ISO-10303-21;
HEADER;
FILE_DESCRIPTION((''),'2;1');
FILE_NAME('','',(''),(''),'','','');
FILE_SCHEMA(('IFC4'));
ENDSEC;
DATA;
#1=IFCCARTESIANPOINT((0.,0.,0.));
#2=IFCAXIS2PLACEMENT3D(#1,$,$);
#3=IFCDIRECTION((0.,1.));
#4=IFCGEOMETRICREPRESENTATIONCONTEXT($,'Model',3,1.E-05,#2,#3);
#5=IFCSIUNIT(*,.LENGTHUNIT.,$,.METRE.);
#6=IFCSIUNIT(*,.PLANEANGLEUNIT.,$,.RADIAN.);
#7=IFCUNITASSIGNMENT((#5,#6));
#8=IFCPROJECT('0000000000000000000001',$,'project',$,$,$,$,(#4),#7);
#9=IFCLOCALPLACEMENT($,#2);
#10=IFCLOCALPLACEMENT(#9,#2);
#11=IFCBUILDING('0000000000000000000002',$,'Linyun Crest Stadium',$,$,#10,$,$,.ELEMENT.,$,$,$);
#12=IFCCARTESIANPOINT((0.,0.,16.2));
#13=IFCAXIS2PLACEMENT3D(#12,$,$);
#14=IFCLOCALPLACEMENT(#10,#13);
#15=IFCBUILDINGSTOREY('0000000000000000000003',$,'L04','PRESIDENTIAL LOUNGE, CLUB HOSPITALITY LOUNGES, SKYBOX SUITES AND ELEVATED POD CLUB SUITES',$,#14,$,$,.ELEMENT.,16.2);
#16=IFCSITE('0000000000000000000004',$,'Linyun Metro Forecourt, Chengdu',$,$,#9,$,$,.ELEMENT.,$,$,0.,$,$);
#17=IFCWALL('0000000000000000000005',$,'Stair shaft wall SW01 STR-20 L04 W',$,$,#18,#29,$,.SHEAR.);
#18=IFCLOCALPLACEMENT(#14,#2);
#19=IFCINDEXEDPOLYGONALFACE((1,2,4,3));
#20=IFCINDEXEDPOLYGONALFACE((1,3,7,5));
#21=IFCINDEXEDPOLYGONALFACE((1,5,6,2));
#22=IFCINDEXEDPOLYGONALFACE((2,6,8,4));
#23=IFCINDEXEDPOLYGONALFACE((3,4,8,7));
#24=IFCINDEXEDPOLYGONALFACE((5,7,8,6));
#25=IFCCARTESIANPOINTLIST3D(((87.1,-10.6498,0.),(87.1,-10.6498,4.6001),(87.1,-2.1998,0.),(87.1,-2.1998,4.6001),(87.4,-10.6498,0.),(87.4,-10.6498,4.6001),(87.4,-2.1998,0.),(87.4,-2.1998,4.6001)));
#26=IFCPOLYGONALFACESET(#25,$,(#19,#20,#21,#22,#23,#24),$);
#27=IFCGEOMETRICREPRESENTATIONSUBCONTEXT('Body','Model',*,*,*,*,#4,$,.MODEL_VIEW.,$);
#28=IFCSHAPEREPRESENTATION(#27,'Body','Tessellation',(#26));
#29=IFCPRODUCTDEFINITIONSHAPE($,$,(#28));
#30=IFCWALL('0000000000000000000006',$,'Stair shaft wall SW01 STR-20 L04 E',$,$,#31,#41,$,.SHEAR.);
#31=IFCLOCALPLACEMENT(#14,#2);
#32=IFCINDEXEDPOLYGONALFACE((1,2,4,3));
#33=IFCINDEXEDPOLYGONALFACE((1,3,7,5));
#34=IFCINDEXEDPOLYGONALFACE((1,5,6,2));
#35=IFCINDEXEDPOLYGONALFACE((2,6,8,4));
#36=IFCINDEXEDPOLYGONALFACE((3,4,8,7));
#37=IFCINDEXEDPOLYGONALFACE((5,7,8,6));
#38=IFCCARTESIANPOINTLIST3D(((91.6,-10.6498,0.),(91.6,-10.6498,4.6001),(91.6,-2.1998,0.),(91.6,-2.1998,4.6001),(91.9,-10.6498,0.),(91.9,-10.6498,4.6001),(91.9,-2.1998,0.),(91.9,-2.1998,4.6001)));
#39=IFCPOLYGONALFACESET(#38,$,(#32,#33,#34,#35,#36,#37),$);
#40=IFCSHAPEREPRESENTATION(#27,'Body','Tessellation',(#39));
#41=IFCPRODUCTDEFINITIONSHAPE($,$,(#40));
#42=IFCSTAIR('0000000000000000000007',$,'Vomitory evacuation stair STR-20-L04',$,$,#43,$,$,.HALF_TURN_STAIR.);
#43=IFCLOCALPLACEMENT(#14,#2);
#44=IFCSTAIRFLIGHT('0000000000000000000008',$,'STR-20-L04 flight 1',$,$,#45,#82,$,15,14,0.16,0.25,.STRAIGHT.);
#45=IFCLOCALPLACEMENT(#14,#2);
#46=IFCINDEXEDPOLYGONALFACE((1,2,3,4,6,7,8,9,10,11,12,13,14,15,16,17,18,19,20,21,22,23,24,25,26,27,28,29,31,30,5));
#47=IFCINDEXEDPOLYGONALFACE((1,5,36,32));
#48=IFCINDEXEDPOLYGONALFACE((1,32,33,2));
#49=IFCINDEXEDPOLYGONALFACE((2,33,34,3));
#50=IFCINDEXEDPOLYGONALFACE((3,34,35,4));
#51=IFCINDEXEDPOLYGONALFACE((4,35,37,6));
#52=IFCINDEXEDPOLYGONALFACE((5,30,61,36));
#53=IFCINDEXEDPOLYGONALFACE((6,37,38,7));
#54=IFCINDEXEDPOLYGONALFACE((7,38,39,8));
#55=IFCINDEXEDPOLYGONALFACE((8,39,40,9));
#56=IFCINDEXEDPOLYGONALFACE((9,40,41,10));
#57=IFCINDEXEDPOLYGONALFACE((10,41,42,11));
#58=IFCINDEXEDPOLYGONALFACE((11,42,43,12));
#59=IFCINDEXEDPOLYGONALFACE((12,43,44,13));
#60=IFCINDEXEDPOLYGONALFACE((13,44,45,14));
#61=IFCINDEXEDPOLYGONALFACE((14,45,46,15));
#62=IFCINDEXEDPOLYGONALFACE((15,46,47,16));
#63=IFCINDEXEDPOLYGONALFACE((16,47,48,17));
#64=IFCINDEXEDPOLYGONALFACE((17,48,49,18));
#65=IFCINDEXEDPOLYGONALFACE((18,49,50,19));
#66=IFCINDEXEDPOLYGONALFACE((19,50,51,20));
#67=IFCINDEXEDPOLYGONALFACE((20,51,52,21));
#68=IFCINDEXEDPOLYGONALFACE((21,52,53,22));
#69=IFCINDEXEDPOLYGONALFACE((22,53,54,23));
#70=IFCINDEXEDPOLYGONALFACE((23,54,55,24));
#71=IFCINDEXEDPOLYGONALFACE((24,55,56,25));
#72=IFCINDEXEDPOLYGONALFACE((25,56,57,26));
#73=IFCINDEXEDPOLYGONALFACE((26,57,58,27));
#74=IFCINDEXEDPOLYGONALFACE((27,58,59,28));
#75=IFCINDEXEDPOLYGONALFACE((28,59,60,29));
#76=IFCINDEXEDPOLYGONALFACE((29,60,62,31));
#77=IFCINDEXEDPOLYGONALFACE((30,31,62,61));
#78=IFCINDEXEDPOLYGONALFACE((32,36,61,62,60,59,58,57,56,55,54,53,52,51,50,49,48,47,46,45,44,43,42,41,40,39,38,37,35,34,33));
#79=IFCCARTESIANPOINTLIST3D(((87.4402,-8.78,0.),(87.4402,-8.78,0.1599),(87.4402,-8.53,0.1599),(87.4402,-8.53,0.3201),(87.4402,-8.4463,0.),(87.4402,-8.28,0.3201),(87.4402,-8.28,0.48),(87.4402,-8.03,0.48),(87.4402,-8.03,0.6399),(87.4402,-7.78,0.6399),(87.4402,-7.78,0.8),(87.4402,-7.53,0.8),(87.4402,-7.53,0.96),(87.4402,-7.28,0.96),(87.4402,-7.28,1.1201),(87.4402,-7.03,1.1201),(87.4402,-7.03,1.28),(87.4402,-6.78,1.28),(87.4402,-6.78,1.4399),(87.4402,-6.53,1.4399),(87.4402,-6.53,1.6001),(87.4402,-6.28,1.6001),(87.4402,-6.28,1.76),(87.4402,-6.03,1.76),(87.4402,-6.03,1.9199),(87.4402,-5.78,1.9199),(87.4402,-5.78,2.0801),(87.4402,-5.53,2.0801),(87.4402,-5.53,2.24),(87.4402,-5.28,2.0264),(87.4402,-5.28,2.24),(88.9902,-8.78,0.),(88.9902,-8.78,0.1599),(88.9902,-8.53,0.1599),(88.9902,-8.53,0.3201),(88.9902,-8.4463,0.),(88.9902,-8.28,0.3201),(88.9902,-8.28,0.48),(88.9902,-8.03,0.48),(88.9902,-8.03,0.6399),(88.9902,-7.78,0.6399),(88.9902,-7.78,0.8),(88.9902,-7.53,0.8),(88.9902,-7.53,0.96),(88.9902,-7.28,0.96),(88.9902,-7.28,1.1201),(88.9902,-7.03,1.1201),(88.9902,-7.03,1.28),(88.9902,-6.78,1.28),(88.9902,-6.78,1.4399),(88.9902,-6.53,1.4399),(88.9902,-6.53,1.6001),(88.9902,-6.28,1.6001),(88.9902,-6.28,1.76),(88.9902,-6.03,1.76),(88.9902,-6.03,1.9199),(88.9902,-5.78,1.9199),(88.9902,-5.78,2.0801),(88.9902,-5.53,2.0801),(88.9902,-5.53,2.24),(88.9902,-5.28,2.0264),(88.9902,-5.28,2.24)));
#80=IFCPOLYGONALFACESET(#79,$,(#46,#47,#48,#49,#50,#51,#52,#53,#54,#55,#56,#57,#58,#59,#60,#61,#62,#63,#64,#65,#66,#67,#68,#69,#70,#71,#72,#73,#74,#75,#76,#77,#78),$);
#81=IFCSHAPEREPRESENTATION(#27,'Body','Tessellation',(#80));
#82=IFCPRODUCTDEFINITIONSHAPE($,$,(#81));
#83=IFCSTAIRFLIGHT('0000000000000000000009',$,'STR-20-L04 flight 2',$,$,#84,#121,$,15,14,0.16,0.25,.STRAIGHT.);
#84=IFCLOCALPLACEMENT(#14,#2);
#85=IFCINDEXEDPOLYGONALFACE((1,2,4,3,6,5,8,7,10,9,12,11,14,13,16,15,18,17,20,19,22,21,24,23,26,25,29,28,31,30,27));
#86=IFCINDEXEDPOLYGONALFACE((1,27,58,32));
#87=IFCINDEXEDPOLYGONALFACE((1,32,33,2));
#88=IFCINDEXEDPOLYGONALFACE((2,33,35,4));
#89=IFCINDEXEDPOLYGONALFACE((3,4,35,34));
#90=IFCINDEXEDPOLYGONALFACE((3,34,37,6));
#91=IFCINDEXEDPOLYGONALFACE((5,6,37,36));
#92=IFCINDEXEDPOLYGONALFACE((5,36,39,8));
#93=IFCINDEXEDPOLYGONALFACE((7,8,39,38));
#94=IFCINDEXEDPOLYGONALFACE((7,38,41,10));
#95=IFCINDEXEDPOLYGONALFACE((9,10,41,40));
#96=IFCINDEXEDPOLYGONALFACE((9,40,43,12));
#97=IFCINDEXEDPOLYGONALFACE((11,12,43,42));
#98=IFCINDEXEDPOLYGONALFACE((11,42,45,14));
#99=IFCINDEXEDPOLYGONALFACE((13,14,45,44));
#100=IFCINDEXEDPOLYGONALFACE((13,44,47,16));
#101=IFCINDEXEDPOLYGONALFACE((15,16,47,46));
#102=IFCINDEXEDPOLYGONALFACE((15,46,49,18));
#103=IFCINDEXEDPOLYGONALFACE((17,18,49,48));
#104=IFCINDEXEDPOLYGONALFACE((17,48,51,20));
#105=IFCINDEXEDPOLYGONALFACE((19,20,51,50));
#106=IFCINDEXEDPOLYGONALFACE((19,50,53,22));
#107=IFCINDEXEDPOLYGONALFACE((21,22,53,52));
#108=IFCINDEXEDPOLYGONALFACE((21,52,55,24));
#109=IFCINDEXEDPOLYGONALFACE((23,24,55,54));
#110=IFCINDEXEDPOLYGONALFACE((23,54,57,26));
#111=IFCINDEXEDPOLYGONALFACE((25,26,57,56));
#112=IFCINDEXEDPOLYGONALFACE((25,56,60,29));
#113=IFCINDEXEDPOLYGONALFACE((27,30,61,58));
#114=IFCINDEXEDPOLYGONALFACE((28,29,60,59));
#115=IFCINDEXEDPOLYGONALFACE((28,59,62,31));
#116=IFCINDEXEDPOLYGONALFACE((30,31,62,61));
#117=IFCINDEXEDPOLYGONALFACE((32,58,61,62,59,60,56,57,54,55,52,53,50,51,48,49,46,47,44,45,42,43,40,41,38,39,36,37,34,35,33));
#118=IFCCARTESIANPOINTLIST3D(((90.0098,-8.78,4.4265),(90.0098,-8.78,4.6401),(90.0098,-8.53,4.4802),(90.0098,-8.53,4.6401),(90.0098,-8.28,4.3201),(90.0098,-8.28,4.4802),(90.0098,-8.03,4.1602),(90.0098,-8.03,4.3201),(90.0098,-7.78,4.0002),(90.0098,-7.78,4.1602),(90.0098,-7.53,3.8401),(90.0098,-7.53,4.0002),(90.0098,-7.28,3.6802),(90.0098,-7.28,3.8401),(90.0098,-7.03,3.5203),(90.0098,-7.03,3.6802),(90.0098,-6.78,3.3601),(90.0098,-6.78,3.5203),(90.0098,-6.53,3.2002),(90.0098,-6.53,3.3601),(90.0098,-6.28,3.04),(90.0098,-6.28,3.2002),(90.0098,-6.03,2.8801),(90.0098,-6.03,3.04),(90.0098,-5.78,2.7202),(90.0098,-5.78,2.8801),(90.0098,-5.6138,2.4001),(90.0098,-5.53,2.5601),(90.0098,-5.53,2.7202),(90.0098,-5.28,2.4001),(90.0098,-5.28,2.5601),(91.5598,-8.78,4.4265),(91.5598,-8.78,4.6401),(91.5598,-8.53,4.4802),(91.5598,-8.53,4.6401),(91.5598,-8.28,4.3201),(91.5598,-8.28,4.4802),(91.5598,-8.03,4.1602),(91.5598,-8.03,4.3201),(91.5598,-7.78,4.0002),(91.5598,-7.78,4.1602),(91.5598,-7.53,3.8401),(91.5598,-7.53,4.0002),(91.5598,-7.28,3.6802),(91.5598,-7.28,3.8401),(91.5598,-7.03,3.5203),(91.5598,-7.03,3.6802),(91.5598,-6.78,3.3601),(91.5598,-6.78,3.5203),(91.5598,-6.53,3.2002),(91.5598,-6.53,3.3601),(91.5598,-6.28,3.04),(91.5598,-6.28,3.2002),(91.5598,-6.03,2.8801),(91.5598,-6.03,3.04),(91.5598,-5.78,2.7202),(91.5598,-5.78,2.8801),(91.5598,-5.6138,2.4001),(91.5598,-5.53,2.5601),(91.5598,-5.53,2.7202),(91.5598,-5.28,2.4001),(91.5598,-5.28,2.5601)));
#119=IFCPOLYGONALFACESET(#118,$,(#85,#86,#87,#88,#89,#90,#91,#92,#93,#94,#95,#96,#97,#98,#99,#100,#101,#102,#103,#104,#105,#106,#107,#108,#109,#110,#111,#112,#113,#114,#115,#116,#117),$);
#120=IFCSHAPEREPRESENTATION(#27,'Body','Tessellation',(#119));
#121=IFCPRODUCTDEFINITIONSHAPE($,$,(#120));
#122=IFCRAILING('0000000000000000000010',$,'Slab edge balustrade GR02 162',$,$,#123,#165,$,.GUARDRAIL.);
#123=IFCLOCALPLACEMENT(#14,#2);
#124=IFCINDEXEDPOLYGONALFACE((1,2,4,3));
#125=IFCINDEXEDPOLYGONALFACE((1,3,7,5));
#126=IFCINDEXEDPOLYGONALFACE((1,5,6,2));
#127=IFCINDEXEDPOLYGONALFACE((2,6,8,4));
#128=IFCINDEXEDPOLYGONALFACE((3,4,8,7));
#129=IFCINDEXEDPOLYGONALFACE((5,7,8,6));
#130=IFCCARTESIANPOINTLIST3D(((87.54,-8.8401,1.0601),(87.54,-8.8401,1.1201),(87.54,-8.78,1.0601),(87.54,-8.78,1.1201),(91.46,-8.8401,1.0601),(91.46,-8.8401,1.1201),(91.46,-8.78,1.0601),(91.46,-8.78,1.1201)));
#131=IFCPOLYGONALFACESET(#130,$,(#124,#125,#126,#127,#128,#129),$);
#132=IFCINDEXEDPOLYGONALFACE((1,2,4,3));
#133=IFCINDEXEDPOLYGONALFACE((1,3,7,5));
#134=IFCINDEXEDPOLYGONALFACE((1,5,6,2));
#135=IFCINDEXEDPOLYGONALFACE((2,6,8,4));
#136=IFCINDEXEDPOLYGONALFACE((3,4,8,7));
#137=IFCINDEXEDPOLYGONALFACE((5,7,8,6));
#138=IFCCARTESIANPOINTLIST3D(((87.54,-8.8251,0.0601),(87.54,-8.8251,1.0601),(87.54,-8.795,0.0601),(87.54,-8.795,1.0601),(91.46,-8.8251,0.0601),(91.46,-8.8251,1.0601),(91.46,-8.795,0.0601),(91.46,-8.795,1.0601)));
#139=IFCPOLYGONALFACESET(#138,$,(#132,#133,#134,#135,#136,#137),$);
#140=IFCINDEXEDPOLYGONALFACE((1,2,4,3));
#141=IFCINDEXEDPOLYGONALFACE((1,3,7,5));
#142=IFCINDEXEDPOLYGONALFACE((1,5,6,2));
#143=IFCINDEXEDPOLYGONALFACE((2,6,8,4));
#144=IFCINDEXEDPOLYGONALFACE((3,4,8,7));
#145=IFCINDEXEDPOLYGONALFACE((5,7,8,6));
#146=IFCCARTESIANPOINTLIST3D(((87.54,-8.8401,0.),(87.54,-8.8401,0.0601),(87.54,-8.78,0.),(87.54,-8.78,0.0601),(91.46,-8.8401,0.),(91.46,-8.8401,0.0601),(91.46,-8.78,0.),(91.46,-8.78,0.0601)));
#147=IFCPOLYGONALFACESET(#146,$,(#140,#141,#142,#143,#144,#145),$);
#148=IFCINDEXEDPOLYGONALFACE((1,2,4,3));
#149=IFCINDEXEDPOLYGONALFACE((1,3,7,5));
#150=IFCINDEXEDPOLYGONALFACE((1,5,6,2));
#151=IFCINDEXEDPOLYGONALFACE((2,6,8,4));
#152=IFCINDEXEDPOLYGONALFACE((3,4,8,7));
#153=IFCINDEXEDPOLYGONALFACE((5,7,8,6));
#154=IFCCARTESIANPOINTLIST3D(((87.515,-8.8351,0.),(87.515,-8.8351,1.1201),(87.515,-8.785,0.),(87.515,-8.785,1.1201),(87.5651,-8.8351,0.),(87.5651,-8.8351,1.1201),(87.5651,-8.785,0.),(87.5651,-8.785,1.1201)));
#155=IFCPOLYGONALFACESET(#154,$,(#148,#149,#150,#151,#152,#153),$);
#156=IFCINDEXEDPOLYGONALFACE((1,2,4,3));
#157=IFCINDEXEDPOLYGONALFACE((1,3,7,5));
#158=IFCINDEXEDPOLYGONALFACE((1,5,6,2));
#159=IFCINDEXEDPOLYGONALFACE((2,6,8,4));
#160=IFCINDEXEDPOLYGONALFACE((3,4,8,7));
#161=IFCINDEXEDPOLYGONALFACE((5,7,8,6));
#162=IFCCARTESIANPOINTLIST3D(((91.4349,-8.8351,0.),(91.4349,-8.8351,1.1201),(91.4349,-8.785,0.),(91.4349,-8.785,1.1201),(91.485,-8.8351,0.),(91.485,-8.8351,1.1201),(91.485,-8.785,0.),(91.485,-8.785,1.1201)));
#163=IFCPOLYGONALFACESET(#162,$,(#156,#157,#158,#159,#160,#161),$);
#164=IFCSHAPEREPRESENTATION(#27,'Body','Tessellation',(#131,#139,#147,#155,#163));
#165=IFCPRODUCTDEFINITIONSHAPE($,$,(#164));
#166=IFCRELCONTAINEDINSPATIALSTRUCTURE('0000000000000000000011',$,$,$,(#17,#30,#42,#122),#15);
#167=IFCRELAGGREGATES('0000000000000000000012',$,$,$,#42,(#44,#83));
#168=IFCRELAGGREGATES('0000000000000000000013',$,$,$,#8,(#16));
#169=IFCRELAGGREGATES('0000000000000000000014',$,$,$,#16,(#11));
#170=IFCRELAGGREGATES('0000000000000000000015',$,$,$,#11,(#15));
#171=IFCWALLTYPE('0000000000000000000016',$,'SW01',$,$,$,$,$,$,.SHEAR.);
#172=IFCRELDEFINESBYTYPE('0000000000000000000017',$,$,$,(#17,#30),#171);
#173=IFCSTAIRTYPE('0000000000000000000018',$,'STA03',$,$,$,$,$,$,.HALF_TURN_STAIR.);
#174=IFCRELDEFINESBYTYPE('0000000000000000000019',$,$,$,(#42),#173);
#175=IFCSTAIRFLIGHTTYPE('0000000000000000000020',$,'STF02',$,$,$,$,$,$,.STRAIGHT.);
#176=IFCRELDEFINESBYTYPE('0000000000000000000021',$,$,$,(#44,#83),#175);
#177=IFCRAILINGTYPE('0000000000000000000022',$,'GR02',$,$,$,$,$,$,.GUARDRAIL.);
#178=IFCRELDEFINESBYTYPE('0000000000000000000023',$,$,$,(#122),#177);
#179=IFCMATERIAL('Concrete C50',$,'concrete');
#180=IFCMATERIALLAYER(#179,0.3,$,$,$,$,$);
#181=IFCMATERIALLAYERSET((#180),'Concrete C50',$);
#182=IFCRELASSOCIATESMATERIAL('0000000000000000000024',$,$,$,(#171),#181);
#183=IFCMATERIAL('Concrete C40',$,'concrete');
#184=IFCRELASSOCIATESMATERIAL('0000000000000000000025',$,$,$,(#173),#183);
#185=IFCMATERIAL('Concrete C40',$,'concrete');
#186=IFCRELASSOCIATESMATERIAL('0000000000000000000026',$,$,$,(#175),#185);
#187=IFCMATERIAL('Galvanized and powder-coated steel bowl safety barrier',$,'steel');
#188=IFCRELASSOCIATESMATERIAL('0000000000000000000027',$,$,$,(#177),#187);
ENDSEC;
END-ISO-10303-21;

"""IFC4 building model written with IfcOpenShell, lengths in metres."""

from ifc_helpers import new_model, si_unit, direction, frame, frame_2d, origin, origin_2d, place, context, subcontext, project, spatial, polyline, rectangle, outline, extrude, material, layer, layer_set, type_object, element, aggregate, save


model = new_model("IFC4")

# Units and contexts
model_context = context("Model", 3, precision=1e-05, world=origin(), true_north=direction((0.0, 1.0)))
body_context = subcontext(model_context, "Body", "Model", "MODEL_VIEW")
ifc_project = project(units=[si_unit("LENGTHUNIT", "METRE"), si_unit("PLANEANGLEUNIT", "RADIAN")], contexts=[model_context])

# Site, building, storey
site_placement = place(None, origin())
site = spatial("IfcSite", under=ifc_project, at=site_placement, Name="Linyun Metro Forecourt, Chengdu", CompositionType="ELEMENT", RefElevation=0.0)
building_placement = place(site_placement, origin())
building = spatial("IfcBuilding", under=site, at=building_placement, Name="Linyun Crest Stadium", CompositionType="ELEMENT")
storey_placement = place(building_placement, frame((0.0, 0.0, 16.2)))
storey = spatial("IfcBuildingStorey", under=building, at=storey_placement, Name="L04", Description="PRESIDENTIAL LOUNGE, CLUB HOSPITALITY LOUNGES, SKYBOX SUITES AND ELEVATED POD CLUB SUITES", CompositionType="ELEMENT", Elevation=16.2)

# Shared definitions
ifc_material_1 = material(Name="Concrete C50", Category="concrete")
ifc_layer_1 = layer(ifc_material_1, 0.3)
ifc_layer_set_1 = layer_set([ifc_layer_1], Name="Concrete C50")
wall_type = type_object("IfcWallType", Name="SW01", PredefinedType="SHEAR", material=ifc_layer_set_1)

# Walls
for number, where, z_axis, x_axis, name in (
    (1, (87.25, -10.6499, 0.0), (0.0, 0.0, 1.0), (0.0, 1.0, 0.0), "Stair shaft wall SW01 STR-20 L04 W"),
    (2, (91.75, -10.6499, 0.0), (0.0, 0.0, 1.0), (0.0, 1.0, 0.0), "Stair shaft wall SW01 STR-20 L04 E"),
):
    element("IfcWall", number, at=place(storey_placement, frame(where, z_axis=z_axis, x_axis=x_axis)), inside=storey, type_object=wall_type, Name=name, PredefinedType="SHEAR", context=body_context, shape_type="SweptSolid", body=[
        extrude(rectangle(XDim=8.45, YDim=0.3, at=frame_2d((4.2251, 0.0))), origin(), (0.0, 0.0, 1.0), 4.6001),
    ])

# Stair, stair flights
ifc_material_2 = material(Name="Concrete C40", Category="concrete")
stair_type = type_object("IfcStairType", Name="STA03", PredefinedType="HALF_TURN_STAIR", material=ifc_material_2)
stair_placement = place(storey_placement, origin())
stair = element("IfcStair", 3, at=stair_placement, inside=storey, type_object=stair_type, Name="Vomitory evacuation stair STR-20-L04", PredefinedType="HALF_TURN_STAIR")
ifc_material_3 = material(Name="Concrete C40", Category="concrete")
stair_flight_type = type_object("IfcStairFlightType", Name="STF02", PredefinedType="STRAIGHT", material=ifc_material_3)
stair_flight_1_placement = place(storey_placement, frame((88.2151, -8.78, 0.0), z_axis=(0.0, 0.0, 1.0), x_axis=(0.0, 1.0, 0.0)))
stair_flight_1 = element("IfcStairFlight", 4, at=stair_flight_1_placement, type_object=stair_flight_type, Name="STR-20-L04 flight 1", NumberOfRisers=15, NumberOfTreads=14, PredefinedType="STRAIGHT", RiserHeight=0.16, TreadLength=0.25, context=body_context, shape_type="SweptSolid", body=[
    extrude(outline(polyline([(0.0, 0.0), (0.0, 0.1599), (0.25, 0.1599), (0.25, 0.3201), (0.5, 0.3201), (0.5, 0.48), (0.75, 0.48), (0.75, 0.6399), (1.0, 0.6399), (1.0, 0.8), (1.25, 0.8), (1.25, 0.96), (1.5, 0.96), (1.5, 1.1201), (1.75, 1.1201), (1.75, 1.28), (2.0, 1.28), (2.0, 1.4399), (2.25, 1.4399), (2.25, 1.6001), (2.5, 1.6001), (2.5, 1.76), (2.75, 1.76), (2.75, 1.9199), (3.0, 1.9199), (3.0, 2.0801), (3.25, 2.0801), (3.25, 2.24), (3.5, 2.24), (3.5, 2.3999), (3.5, 2.0264), (0.3337, 0.0), (0.0, 0.0)])), frame((0.0, 0.7749, 0.0), z_axis=(0.0, -1.0, 0.0), x_axis=(1.0, 0.0, 0.0)), (0.0, 0.0, 1.0), 1.55),
])
stair_flight_2_placement = place(storey_placement, frame((90.7849, -5.28, 2.4001), z_axis=(0.0, 0.0, 1.0), x_axis=(0.0, -1.0, 0.0)))
stair_flight_2 = element("IfcStairFlight", 5, at=stair_flight_2_placement, type_object=stair_flight_type, Name="STR-20-L04 flight 2", NumberOfRisers=15, NumberOfTreads=14, PredefinedType="STRAIGHT", RiserHeight=0.16, TreadLength=0.25, context=body_context, shape_type="SweptSolid", body=[
    extrude(outline(polyline([(0.0, 0.0), (0.0, 0.1599), (0.25, 0.1599), (0.25, 0.3201), (0.5, 0.3201), (0.5, 0.48), (0.75, 0.48), (0.75, 0.6399), (1.0, 0.6399), (1.0, 0.8), (1.25, 0.8), (1.25, 0.96), (1.5, 0.96), (1.5, 1.1201), (1.75, 1.1201), (1.75, 1.28), (2.0, 1.28), (2.0, 1.4399), (2.25, 1.4399), (2.25, 1.6001), (2.5, 1.6001), (2.5, 1.76), (2.75, 1.76), (2.75, 1.9199), (3.0, 1.9199), (3.0, 2.0801), (3.25, 2.0801), (3.25, 2.24), (3.5, 2.24), (3.5, 2.3999), (3.5, 2.0264), (0.3337, 0.0), (0.0, 0.0)])), frame((0.0, 0.7749, 0.0), z_axis=(0.0, -1.0, 0.0), x_axis=(1.0, 0.0, 0.0)), (0.0, 0.0, 1.0), 1.55),
])
aggregate(stair, [stair_flight_1, stair_flight_2])

# Railing
ifc_material_4 = material(Name="Galvanized and powder-coated steel bowl safety barrier", Category="steel")
railing_type_1 = type_object("IfcRailingType", Name="GR02", PredefinedType="GUARDRAIL", material=ifc_material_4)
railing_1_placement = place(storey_placement, frame((87.54, -8.8101, 0.0)))
element("IfcRailing", 6, at=railing_1_placement, inside=storey, type_object=railing_type_1, Name="Slab edge balustrade GR02 162", PredefinedType="GUARDRAIL", context=body_context, shape_type="SweptSolid", body=[
    extrude(rectangle(XDim=0.0601, YDim=0.0601, at=origin_2d()), frame((0.0, 0.0, 1.0901), z_axis=(1.0, 0.0, 0.0), x_axis=(0.0, 1.0, 0.0)), (0.0, 0.0, 1.0), 3.9199),
    extrude(rectangle(XDim=0.03, YDim=1.0, at=origin_2d()), frame((0.0, 0.0, 0.5601), z_axis=(1.0, 0.0, 0.0), x_axis=(0.0, 1.0, 0.0)), (0.0, 0.0, 1.0), 3.9199),
    extrude(rectangle(XDim=0.0601, YDim=0.0601, at=origin_2d()), frame((0.0, 0.0, 0.03), z_axis=(1.0, 0.0, 0.0), x_axis=(0.0, 1.0, 0.0)), (0.0, 0.0, 1.0), 3.9199),
    extrude(rectangle(XDim=0.05, YDim=0.05, at=origin_2d()), origin(), (0.0, 0.0, 1.0), 1.1201),
    extrude(rectangle(XDim=0.05, YDim=0.05, at=origin_2d()), frame((3.9199, 0.0, 0.0)), (0.0, 0.0, 1.0), 1.1201),
])

save(model, "model.ifc")
